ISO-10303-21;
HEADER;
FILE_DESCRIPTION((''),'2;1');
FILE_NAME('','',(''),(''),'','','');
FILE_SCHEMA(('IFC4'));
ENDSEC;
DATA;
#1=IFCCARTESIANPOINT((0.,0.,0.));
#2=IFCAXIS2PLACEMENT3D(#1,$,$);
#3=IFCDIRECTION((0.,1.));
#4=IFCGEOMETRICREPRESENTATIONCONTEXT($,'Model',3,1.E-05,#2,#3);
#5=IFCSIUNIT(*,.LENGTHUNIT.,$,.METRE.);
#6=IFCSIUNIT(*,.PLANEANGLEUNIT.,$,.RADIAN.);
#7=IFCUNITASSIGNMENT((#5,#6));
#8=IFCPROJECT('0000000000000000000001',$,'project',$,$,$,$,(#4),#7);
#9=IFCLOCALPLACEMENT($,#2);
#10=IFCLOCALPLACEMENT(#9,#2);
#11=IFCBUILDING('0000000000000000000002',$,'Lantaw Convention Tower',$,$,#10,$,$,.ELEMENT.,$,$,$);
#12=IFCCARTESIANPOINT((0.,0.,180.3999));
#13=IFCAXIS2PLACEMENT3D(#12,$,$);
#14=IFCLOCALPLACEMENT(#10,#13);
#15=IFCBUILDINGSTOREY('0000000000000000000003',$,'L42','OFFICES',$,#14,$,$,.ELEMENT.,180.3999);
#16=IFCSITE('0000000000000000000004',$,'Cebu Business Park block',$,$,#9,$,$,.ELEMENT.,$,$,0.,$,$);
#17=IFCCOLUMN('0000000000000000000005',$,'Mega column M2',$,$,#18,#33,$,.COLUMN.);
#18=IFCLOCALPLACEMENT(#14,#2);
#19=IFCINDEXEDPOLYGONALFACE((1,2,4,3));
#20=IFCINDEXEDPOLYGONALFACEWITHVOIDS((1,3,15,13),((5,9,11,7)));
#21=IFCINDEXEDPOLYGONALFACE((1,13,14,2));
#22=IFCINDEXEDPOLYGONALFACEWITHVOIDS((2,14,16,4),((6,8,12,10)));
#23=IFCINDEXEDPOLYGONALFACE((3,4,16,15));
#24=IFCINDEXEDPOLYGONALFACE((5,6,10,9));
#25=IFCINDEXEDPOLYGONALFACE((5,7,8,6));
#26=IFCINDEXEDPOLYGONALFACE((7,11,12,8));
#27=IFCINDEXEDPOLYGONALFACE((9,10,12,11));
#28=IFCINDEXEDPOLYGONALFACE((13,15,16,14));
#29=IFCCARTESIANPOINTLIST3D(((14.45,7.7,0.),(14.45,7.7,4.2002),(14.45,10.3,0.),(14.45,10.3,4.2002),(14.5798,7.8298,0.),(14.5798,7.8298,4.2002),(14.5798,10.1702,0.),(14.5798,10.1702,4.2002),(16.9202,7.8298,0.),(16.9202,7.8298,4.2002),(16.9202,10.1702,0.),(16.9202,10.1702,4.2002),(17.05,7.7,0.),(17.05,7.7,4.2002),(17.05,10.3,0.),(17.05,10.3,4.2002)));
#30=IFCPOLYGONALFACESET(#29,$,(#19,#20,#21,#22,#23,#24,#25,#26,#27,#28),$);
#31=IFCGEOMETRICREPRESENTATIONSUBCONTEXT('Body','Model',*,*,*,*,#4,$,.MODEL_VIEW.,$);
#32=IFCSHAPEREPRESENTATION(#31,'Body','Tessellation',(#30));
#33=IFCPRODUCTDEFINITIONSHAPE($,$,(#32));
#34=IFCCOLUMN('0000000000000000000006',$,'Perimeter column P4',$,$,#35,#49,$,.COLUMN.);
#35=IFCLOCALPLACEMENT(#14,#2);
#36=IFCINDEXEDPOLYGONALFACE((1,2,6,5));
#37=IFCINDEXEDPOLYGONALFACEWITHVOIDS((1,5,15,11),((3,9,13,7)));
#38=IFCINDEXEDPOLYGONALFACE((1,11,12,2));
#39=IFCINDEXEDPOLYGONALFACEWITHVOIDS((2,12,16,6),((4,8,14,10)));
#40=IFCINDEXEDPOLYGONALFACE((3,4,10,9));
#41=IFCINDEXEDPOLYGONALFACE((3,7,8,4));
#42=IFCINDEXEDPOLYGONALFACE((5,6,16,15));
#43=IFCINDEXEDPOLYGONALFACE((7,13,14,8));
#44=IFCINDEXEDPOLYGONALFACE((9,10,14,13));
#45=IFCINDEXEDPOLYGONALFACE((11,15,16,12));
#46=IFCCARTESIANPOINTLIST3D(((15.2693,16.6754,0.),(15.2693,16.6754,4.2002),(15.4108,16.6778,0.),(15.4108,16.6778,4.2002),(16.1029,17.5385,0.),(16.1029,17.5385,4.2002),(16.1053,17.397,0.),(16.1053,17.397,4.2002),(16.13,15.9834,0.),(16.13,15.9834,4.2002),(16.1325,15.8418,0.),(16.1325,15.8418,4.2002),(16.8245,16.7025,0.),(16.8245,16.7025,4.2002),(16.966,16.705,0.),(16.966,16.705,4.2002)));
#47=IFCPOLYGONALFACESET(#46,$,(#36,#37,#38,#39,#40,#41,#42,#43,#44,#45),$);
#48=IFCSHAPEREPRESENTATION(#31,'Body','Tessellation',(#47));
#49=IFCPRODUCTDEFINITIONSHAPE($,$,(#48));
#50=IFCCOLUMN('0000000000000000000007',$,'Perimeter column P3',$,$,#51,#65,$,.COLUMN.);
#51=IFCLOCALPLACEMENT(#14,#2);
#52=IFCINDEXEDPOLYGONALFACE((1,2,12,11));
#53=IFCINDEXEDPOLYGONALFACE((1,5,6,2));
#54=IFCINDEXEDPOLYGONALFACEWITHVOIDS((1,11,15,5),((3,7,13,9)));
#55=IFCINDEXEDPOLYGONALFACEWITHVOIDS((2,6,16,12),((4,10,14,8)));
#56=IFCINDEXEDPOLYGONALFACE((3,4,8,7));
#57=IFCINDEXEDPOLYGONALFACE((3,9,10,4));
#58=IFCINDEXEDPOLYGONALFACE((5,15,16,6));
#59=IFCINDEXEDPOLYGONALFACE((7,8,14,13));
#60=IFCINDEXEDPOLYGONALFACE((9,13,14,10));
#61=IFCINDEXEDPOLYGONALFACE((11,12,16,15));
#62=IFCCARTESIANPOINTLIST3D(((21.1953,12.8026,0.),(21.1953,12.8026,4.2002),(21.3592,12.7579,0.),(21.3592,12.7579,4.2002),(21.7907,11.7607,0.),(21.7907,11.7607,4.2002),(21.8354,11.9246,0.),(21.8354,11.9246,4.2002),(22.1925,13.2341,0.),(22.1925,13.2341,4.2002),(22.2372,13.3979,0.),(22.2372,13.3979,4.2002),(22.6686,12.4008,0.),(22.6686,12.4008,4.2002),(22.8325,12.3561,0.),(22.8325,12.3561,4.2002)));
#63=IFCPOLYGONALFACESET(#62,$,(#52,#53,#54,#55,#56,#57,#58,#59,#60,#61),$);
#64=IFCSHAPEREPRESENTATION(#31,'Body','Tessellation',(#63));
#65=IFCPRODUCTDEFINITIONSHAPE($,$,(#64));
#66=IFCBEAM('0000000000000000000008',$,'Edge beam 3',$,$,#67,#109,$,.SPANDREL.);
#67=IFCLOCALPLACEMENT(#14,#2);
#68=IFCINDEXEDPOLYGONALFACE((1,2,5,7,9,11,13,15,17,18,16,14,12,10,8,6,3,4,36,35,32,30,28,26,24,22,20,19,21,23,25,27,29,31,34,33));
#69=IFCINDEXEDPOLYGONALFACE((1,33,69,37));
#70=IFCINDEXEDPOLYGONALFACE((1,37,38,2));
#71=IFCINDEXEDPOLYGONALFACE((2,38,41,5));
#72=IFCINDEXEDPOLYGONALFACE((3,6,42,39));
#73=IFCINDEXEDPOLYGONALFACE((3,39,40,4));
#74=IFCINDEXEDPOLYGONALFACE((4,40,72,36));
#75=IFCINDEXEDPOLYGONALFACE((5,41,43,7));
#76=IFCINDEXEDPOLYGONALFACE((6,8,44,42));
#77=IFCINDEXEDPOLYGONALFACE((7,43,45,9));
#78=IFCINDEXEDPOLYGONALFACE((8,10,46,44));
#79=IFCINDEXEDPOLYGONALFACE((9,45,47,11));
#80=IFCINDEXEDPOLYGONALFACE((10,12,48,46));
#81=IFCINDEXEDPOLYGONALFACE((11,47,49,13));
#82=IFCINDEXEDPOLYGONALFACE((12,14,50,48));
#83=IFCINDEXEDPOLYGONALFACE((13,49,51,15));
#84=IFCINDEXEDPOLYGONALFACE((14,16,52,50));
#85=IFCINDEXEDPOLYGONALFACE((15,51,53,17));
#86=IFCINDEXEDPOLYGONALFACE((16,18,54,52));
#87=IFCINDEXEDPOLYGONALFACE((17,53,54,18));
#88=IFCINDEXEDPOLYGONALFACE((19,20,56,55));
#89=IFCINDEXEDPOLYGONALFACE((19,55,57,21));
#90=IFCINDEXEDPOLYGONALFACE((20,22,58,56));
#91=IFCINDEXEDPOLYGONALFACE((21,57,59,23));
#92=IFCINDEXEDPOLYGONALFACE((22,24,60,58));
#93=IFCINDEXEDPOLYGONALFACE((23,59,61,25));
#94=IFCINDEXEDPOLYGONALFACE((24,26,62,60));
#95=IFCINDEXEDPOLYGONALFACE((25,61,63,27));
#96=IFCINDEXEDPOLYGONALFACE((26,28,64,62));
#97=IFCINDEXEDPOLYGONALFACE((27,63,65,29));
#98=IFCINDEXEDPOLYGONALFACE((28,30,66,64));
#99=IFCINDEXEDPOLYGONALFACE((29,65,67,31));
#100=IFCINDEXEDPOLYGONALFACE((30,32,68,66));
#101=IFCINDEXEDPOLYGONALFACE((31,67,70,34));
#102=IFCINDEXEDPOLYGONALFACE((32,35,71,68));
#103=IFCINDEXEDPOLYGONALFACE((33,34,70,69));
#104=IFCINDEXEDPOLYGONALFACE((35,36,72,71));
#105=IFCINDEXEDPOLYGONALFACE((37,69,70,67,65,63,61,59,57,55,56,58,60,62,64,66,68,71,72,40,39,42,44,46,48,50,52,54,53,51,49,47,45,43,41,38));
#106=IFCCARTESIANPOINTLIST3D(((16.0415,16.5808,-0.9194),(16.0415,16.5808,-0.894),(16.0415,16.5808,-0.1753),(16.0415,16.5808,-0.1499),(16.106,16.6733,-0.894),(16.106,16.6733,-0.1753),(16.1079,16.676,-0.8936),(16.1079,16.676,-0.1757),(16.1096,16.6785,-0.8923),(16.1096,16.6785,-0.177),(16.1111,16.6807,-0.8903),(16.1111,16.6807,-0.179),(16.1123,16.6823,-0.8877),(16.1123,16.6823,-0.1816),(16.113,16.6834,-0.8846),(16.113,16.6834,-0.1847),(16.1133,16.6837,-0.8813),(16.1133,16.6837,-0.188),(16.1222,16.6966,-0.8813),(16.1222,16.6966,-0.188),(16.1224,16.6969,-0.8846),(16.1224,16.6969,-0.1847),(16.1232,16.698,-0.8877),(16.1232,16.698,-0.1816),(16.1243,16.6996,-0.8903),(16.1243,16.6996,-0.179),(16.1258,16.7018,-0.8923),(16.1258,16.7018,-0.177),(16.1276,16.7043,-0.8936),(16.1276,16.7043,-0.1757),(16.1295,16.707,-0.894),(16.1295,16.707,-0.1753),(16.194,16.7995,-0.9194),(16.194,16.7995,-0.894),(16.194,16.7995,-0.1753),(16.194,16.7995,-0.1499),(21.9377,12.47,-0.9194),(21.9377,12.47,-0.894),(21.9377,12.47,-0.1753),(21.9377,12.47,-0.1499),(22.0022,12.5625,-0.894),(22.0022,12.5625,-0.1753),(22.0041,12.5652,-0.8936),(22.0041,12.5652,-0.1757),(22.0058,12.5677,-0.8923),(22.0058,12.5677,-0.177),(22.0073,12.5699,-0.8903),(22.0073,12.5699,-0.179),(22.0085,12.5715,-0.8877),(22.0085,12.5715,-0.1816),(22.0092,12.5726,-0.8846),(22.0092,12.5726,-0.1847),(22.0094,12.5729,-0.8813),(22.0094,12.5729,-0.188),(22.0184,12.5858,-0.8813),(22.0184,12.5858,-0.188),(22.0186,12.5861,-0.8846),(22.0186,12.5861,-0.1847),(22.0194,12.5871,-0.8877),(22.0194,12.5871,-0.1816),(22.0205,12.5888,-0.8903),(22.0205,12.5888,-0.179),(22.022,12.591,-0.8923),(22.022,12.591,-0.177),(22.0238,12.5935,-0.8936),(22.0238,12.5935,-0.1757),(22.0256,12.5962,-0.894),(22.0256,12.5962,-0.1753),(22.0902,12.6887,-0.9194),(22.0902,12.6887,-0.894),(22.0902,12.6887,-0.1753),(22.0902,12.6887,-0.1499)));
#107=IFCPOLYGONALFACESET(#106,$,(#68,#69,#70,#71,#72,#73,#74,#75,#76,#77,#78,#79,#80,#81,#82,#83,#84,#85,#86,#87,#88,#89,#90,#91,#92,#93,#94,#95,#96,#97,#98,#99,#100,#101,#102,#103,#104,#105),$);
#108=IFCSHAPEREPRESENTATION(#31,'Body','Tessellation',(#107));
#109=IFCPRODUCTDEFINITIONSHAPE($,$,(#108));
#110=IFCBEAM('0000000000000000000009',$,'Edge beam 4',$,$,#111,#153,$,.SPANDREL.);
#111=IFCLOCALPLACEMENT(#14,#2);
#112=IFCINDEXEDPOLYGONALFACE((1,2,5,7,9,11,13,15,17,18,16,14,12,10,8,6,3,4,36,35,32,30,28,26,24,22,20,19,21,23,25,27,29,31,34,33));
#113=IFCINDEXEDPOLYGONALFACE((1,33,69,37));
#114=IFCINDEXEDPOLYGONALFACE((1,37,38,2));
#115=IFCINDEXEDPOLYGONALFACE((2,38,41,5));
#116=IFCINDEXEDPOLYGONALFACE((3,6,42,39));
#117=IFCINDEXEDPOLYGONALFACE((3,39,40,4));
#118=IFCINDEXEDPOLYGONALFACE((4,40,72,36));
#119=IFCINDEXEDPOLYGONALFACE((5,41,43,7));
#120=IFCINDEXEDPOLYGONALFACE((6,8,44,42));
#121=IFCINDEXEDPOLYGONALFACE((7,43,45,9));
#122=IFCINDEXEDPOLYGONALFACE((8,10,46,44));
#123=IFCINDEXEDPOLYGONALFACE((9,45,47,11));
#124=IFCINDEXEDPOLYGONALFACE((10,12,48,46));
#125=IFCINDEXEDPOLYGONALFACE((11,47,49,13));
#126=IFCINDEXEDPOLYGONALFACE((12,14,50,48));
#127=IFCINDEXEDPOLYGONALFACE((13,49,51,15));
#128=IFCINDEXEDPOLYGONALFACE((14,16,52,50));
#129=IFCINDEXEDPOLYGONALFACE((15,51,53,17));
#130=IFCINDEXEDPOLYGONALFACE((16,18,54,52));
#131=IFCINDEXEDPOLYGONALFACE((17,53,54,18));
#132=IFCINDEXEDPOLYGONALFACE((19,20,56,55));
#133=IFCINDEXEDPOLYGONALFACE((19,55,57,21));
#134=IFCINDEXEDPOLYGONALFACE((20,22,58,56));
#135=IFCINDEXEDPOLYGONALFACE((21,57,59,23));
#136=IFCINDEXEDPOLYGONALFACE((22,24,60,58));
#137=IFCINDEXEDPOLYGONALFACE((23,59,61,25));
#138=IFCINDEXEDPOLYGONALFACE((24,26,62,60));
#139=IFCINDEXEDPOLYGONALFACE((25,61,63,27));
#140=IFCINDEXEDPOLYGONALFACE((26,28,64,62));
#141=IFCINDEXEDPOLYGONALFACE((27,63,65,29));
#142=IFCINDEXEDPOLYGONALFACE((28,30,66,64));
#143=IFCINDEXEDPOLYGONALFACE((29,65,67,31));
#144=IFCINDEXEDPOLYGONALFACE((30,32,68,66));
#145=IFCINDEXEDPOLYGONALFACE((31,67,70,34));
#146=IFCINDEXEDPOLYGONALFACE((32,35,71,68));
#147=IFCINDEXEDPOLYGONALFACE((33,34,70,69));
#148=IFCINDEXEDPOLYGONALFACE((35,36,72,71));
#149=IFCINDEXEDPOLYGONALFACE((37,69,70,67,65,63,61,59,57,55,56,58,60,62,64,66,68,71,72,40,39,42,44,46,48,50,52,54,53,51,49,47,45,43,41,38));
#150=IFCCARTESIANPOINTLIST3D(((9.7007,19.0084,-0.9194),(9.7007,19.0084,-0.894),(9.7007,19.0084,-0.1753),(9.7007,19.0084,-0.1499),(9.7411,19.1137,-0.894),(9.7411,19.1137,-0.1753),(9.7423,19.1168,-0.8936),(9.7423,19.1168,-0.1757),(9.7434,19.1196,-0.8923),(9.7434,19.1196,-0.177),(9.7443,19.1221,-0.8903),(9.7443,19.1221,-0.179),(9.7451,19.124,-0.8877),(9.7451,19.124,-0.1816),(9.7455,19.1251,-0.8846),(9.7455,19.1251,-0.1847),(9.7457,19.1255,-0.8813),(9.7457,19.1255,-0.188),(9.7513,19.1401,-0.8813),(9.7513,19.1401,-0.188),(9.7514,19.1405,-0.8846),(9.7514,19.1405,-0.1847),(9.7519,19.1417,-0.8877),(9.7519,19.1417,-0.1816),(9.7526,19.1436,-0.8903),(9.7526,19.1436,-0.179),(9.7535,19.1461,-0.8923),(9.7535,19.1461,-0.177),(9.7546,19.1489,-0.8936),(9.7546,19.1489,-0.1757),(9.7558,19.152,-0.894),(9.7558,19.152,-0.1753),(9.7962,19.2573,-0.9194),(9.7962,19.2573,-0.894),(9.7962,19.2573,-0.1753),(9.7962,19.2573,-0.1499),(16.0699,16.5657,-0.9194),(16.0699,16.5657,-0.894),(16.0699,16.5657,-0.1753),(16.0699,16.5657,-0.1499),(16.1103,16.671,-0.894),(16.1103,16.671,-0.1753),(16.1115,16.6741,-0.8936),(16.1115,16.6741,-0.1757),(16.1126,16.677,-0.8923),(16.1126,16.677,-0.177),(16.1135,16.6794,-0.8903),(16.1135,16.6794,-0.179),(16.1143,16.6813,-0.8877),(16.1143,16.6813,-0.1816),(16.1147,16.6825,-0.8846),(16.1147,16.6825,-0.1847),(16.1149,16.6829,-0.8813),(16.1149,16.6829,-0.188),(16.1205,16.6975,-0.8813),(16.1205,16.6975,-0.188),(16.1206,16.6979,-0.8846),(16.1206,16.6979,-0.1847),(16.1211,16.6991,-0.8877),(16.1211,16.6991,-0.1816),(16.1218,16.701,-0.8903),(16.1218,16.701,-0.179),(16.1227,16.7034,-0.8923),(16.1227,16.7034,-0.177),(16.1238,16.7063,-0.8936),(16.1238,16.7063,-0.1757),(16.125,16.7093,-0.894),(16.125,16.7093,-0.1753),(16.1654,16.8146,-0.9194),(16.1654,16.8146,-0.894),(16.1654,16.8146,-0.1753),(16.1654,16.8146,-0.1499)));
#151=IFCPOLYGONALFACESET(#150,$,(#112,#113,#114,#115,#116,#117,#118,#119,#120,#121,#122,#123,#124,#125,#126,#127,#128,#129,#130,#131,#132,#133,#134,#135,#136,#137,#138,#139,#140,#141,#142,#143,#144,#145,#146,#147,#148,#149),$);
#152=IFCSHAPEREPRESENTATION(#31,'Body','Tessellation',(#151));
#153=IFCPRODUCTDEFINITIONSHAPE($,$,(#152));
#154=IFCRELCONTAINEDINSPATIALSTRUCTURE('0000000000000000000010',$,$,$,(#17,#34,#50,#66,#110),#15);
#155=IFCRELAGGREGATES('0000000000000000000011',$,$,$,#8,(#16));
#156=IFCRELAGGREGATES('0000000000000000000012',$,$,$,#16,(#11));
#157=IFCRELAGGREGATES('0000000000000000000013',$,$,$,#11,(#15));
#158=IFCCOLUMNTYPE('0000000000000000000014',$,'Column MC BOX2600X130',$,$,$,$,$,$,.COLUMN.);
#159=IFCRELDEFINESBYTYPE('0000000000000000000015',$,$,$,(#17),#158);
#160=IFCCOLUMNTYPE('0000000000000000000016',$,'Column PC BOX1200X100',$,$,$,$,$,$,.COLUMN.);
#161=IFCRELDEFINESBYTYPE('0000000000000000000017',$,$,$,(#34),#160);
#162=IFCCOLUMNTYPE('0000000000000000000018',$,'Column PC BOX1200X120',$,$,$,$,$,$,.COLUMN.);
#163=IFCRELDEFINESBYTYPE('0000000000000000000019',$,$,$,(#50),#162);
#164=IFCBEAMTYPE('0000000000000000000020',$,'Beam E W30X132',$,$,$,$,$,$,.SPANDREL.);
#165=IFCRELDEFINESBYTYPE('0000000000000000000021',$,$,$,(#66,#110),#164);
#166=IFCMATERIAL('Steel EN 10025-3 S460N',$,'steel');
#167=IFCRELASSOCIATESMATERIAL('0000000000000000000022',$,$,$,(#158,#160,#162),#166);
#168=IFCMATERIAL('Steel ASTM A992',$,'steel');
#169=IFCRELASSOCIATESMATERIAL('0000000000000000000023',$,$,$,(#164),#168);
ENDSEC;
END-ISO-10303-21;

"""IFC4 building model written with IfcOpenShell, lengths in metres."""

from ifc_helpers import new_model, si_unit, direction, frame, origin, origin_2d, place, context, subcontext, project, spatial, rectangle, hollow_rectangle, i_section, extrude, material, material_profile, profile_set, type_object, element, save


model = new_model("IFC4")

# Units and contexts
model_context = context("Model", 3, precision=1e-05, world=origin(), true_north=direction((0.0, 1.0)))
body_context = subcontext(model_context, "Body", "Model", "MODEL_VIEW")
ifc_project = project(units=[si_unit("LENGTHUNIT", "METRE"), si_unit("PLANEANGLEUNIT", "RADIAN")], contexts=[model_context])

# Site, building, storey
site_placement = place(None, origin())
site = spatial("IfcSite", under=ifc_project, at=site_placement, Name="Cebu Business Park block", CompositionType="ELEMENT", RefElevation=0.0)
building_placement = place(site_placement, origin())
building = spatial("IfcBuilding", under=site, at=building_placement, Name="Lantaw Convention Tower", CompositionType="ELEMENT")
storey_placement = place(building_placement, frame((0.0, 0.0, 180.3999)))
storey = spatial("IfcBuildingStorey", under=building, at=storey_placement, Name="L42", Description="OFFICES", CompositionType="ELEMENT", Elevation=180.3999)

# Columns
ifc_material_1 = material(Name="Steel EN 10025-3 S460N", Category="steel")
ifc_material_profile_1 = material_profile(ifc_material_1, hollow_rectangle(XDim=2.6001, YDim=2.6001, WallThickness=0.1299, at=origin_2d()), Name="BOX2600X130")
ifc_material_2 = material(Name="Concrete C60/75", Category="concrete")
ifc_material_profile_2 = material_profile(ifc_material_2, rectangle(XDim=2.3401, YDim=2.3401, at=origin_2d()), Name="Concrete fill of BOX2600X130")
ifc_profile_set_1 = profile_set([ifc_material_profile_1, ifc_material_profile_2], Name="Steel EN 10025-3 S460N")
column_type_1 = type_object("IfcColumnType", Name="Column MC BOX2600X130", PredefinedType="COLUMN", material=ifc_profile_set_1)
column_1_placement = place(storey_placement, frame((15.75, 9.0, 0.0), z_axis=(0.0, 0.0, 1.0), x_axis=(1.0, 0.0, 0.0)))
element("IfcColumn", 1, at=column_1_placement, inside=storey, type_object=column_type_1, Name="Mega column M2", PredefinedType="COLUMN", context=body_context, shape_type="SweptSolid", body=[
    extrude(hollow_rectangle(XDim=2.6001, YDim=2.6001, WallThickness=0.1299, at=origin_2d()), origin(), (0.0, 0.0, 1.0), 4.2002),
])
ifc_material_profile_3 = material_profile(ifc_material_1, hollow_rectangle(XDim=1.2, YDim=1.2, WallThickness=0.1001, at=origin_2d()), Name="BOX1200X100")
ifc_material_profile_4 = material_profile(ifc_material_2, rectangle(XDim=1.0, YDim=1.0, at=origin_2d()), Name="Concrete fill of BOX1200X100")
ifc_profile_set_2 = profile_set([ifc_material_profile_3, ifc_material_profile_4], Name="Steel EN 10025-3 S460N")
column_type_2 = type_object("IfcColumnType", Name="Column PC BOX1200X100", PredefinedType="COLUMN", material=ifc_profile_set_2)
column_2_placement = place(storey_placement, frame((16.1177, 16.6902, 0.0), z_axis=(0.0, 0.0, 1.0), x_axis=(0.694658, 0.71934, 0.0)))
element("IfcColumn", 2, at=column_2_placement, inside=storey, type_object=column_type_2, Name="Perimeter column P4", PredefinedType="COLUMN", context=body_context, shape_type="SweptSolid", body=[
    extrude(hollow_rectangle(XDim=1.2, YDim=1.2, WallThickness=0.1001, at=origin_2d()), origin(), (0.0, 0.0, 1.0), 4.2002),
])
ifc_material_profile_5 = material_profile(ifc_material_1, hollow_rectangle(XDim=1.2, YDim=1.2, WallThickness=0.1201, at=origin_2d()), Name="BOX1200X120")
ifc_material_profile_6 = material_profile(ifc_material_2, rectangle(XDim=0.96, YDim=0.96, at=origin_2d()), Name="Concrete fill of BOX1200X120")
ifc_profile_set_3 = profile_set([ifc_material_profile_5, ifc_material_profile_6], Name="Steel EN 10025-3 S460N")
column_type_3 = type_object("IfcColumnType", Name="Column PC BOX1200X120", PredefinedType="COLUMN", material=ifc_profile_set_3)
column_3_placement = place(storey_placement, frame((22.0139, 12.5793, 0.0), z_axis=(0.0, 0.0, 1.0), x_axis=(0.868243, 0.496139, 0.0)))
element("IfcColumn", 3, at=column_3_placement, inside=storey, type_object=column_type_3, Name="Perimeter column P3", PredefinedType="COLUMN", context=body_context, shape_type="SweptSolid", body=[
    extrude(hollow_rectangle(XDim=1.2, YDim=1.2, WallThickness=0.1201, at=origin_2d()), origin(), (0.0, 0.0, 1.0), 4.2002),
])

# Beams
ifc_material_3 = material(Name="Steel ASTM A992", Category="steel")
ifc_material_profile_7 = material_profile(ifc_material_3, i_section(OverallWidth=0.2666, OverallDepth=0.7695, WebThickness=0.0156, FlangeThickness=0.0254, FilletRadius=0.0127, at=origin_2d()), Name="W30X132")
ifc_profile_set_4 = profile_set([ifc_material_profile_7], Name="Steel ASTM A992")
beam_type_1 = type_object("IfcBeamType", Name="Beam E W30X132", PredefinedType="SPANDREL", material=ifc_profile_set_4)
beam_1_placement = place(storey_placement, frame((22.0139, 12.5793, -0.5347), z_axis=(-0.820311, 0.571918, 0.0), x_axis=(-0.571918, -0.820311, 0.0)))
element("IfcBeam", 4, at=beam_1_placement, inside=storey, type_object=beam_type_1, Name="Edge beam 3", PredefinedType="SPANDREL", context=body_context, shape_type="SweptSolid", body=[
    extrude(i_section(OverallWidth=0.2666, OverallDepth=0.7695, WebThickness=0.0156, FlangeThickness=0.0254, FilletRadius=0.0127, at=origin_2d()), origin(), (0.0, 0.0, 1.0), 7.1877),
])
beam_2_placement = place(storey_placement, frame((16.1177, 16.6902, -0.5347), z_axis=(-0.933691, 0.35808, 0.0), x_axis=(-0.35808, -0.933691, 0.0)))
element("IfcBeam", 5, at=beam_2_placement, inside=storey, type_object=beam_type_1, Name="Edge beam 4", PredefinedType="SPANDREL", context=body_context, shape_type="SweptSolid", body=[
    extrude(i_section(OverallWidth=0.2666, OverallDepth=0.7695, WebThickness=0.0156, FlangeThickness=0.0254, FilletRadius=0.0127, at=origin_2d()), origin(), (0.0, 0.0, 1.0), 6.8215),
])

save(model, "model.ifc")
